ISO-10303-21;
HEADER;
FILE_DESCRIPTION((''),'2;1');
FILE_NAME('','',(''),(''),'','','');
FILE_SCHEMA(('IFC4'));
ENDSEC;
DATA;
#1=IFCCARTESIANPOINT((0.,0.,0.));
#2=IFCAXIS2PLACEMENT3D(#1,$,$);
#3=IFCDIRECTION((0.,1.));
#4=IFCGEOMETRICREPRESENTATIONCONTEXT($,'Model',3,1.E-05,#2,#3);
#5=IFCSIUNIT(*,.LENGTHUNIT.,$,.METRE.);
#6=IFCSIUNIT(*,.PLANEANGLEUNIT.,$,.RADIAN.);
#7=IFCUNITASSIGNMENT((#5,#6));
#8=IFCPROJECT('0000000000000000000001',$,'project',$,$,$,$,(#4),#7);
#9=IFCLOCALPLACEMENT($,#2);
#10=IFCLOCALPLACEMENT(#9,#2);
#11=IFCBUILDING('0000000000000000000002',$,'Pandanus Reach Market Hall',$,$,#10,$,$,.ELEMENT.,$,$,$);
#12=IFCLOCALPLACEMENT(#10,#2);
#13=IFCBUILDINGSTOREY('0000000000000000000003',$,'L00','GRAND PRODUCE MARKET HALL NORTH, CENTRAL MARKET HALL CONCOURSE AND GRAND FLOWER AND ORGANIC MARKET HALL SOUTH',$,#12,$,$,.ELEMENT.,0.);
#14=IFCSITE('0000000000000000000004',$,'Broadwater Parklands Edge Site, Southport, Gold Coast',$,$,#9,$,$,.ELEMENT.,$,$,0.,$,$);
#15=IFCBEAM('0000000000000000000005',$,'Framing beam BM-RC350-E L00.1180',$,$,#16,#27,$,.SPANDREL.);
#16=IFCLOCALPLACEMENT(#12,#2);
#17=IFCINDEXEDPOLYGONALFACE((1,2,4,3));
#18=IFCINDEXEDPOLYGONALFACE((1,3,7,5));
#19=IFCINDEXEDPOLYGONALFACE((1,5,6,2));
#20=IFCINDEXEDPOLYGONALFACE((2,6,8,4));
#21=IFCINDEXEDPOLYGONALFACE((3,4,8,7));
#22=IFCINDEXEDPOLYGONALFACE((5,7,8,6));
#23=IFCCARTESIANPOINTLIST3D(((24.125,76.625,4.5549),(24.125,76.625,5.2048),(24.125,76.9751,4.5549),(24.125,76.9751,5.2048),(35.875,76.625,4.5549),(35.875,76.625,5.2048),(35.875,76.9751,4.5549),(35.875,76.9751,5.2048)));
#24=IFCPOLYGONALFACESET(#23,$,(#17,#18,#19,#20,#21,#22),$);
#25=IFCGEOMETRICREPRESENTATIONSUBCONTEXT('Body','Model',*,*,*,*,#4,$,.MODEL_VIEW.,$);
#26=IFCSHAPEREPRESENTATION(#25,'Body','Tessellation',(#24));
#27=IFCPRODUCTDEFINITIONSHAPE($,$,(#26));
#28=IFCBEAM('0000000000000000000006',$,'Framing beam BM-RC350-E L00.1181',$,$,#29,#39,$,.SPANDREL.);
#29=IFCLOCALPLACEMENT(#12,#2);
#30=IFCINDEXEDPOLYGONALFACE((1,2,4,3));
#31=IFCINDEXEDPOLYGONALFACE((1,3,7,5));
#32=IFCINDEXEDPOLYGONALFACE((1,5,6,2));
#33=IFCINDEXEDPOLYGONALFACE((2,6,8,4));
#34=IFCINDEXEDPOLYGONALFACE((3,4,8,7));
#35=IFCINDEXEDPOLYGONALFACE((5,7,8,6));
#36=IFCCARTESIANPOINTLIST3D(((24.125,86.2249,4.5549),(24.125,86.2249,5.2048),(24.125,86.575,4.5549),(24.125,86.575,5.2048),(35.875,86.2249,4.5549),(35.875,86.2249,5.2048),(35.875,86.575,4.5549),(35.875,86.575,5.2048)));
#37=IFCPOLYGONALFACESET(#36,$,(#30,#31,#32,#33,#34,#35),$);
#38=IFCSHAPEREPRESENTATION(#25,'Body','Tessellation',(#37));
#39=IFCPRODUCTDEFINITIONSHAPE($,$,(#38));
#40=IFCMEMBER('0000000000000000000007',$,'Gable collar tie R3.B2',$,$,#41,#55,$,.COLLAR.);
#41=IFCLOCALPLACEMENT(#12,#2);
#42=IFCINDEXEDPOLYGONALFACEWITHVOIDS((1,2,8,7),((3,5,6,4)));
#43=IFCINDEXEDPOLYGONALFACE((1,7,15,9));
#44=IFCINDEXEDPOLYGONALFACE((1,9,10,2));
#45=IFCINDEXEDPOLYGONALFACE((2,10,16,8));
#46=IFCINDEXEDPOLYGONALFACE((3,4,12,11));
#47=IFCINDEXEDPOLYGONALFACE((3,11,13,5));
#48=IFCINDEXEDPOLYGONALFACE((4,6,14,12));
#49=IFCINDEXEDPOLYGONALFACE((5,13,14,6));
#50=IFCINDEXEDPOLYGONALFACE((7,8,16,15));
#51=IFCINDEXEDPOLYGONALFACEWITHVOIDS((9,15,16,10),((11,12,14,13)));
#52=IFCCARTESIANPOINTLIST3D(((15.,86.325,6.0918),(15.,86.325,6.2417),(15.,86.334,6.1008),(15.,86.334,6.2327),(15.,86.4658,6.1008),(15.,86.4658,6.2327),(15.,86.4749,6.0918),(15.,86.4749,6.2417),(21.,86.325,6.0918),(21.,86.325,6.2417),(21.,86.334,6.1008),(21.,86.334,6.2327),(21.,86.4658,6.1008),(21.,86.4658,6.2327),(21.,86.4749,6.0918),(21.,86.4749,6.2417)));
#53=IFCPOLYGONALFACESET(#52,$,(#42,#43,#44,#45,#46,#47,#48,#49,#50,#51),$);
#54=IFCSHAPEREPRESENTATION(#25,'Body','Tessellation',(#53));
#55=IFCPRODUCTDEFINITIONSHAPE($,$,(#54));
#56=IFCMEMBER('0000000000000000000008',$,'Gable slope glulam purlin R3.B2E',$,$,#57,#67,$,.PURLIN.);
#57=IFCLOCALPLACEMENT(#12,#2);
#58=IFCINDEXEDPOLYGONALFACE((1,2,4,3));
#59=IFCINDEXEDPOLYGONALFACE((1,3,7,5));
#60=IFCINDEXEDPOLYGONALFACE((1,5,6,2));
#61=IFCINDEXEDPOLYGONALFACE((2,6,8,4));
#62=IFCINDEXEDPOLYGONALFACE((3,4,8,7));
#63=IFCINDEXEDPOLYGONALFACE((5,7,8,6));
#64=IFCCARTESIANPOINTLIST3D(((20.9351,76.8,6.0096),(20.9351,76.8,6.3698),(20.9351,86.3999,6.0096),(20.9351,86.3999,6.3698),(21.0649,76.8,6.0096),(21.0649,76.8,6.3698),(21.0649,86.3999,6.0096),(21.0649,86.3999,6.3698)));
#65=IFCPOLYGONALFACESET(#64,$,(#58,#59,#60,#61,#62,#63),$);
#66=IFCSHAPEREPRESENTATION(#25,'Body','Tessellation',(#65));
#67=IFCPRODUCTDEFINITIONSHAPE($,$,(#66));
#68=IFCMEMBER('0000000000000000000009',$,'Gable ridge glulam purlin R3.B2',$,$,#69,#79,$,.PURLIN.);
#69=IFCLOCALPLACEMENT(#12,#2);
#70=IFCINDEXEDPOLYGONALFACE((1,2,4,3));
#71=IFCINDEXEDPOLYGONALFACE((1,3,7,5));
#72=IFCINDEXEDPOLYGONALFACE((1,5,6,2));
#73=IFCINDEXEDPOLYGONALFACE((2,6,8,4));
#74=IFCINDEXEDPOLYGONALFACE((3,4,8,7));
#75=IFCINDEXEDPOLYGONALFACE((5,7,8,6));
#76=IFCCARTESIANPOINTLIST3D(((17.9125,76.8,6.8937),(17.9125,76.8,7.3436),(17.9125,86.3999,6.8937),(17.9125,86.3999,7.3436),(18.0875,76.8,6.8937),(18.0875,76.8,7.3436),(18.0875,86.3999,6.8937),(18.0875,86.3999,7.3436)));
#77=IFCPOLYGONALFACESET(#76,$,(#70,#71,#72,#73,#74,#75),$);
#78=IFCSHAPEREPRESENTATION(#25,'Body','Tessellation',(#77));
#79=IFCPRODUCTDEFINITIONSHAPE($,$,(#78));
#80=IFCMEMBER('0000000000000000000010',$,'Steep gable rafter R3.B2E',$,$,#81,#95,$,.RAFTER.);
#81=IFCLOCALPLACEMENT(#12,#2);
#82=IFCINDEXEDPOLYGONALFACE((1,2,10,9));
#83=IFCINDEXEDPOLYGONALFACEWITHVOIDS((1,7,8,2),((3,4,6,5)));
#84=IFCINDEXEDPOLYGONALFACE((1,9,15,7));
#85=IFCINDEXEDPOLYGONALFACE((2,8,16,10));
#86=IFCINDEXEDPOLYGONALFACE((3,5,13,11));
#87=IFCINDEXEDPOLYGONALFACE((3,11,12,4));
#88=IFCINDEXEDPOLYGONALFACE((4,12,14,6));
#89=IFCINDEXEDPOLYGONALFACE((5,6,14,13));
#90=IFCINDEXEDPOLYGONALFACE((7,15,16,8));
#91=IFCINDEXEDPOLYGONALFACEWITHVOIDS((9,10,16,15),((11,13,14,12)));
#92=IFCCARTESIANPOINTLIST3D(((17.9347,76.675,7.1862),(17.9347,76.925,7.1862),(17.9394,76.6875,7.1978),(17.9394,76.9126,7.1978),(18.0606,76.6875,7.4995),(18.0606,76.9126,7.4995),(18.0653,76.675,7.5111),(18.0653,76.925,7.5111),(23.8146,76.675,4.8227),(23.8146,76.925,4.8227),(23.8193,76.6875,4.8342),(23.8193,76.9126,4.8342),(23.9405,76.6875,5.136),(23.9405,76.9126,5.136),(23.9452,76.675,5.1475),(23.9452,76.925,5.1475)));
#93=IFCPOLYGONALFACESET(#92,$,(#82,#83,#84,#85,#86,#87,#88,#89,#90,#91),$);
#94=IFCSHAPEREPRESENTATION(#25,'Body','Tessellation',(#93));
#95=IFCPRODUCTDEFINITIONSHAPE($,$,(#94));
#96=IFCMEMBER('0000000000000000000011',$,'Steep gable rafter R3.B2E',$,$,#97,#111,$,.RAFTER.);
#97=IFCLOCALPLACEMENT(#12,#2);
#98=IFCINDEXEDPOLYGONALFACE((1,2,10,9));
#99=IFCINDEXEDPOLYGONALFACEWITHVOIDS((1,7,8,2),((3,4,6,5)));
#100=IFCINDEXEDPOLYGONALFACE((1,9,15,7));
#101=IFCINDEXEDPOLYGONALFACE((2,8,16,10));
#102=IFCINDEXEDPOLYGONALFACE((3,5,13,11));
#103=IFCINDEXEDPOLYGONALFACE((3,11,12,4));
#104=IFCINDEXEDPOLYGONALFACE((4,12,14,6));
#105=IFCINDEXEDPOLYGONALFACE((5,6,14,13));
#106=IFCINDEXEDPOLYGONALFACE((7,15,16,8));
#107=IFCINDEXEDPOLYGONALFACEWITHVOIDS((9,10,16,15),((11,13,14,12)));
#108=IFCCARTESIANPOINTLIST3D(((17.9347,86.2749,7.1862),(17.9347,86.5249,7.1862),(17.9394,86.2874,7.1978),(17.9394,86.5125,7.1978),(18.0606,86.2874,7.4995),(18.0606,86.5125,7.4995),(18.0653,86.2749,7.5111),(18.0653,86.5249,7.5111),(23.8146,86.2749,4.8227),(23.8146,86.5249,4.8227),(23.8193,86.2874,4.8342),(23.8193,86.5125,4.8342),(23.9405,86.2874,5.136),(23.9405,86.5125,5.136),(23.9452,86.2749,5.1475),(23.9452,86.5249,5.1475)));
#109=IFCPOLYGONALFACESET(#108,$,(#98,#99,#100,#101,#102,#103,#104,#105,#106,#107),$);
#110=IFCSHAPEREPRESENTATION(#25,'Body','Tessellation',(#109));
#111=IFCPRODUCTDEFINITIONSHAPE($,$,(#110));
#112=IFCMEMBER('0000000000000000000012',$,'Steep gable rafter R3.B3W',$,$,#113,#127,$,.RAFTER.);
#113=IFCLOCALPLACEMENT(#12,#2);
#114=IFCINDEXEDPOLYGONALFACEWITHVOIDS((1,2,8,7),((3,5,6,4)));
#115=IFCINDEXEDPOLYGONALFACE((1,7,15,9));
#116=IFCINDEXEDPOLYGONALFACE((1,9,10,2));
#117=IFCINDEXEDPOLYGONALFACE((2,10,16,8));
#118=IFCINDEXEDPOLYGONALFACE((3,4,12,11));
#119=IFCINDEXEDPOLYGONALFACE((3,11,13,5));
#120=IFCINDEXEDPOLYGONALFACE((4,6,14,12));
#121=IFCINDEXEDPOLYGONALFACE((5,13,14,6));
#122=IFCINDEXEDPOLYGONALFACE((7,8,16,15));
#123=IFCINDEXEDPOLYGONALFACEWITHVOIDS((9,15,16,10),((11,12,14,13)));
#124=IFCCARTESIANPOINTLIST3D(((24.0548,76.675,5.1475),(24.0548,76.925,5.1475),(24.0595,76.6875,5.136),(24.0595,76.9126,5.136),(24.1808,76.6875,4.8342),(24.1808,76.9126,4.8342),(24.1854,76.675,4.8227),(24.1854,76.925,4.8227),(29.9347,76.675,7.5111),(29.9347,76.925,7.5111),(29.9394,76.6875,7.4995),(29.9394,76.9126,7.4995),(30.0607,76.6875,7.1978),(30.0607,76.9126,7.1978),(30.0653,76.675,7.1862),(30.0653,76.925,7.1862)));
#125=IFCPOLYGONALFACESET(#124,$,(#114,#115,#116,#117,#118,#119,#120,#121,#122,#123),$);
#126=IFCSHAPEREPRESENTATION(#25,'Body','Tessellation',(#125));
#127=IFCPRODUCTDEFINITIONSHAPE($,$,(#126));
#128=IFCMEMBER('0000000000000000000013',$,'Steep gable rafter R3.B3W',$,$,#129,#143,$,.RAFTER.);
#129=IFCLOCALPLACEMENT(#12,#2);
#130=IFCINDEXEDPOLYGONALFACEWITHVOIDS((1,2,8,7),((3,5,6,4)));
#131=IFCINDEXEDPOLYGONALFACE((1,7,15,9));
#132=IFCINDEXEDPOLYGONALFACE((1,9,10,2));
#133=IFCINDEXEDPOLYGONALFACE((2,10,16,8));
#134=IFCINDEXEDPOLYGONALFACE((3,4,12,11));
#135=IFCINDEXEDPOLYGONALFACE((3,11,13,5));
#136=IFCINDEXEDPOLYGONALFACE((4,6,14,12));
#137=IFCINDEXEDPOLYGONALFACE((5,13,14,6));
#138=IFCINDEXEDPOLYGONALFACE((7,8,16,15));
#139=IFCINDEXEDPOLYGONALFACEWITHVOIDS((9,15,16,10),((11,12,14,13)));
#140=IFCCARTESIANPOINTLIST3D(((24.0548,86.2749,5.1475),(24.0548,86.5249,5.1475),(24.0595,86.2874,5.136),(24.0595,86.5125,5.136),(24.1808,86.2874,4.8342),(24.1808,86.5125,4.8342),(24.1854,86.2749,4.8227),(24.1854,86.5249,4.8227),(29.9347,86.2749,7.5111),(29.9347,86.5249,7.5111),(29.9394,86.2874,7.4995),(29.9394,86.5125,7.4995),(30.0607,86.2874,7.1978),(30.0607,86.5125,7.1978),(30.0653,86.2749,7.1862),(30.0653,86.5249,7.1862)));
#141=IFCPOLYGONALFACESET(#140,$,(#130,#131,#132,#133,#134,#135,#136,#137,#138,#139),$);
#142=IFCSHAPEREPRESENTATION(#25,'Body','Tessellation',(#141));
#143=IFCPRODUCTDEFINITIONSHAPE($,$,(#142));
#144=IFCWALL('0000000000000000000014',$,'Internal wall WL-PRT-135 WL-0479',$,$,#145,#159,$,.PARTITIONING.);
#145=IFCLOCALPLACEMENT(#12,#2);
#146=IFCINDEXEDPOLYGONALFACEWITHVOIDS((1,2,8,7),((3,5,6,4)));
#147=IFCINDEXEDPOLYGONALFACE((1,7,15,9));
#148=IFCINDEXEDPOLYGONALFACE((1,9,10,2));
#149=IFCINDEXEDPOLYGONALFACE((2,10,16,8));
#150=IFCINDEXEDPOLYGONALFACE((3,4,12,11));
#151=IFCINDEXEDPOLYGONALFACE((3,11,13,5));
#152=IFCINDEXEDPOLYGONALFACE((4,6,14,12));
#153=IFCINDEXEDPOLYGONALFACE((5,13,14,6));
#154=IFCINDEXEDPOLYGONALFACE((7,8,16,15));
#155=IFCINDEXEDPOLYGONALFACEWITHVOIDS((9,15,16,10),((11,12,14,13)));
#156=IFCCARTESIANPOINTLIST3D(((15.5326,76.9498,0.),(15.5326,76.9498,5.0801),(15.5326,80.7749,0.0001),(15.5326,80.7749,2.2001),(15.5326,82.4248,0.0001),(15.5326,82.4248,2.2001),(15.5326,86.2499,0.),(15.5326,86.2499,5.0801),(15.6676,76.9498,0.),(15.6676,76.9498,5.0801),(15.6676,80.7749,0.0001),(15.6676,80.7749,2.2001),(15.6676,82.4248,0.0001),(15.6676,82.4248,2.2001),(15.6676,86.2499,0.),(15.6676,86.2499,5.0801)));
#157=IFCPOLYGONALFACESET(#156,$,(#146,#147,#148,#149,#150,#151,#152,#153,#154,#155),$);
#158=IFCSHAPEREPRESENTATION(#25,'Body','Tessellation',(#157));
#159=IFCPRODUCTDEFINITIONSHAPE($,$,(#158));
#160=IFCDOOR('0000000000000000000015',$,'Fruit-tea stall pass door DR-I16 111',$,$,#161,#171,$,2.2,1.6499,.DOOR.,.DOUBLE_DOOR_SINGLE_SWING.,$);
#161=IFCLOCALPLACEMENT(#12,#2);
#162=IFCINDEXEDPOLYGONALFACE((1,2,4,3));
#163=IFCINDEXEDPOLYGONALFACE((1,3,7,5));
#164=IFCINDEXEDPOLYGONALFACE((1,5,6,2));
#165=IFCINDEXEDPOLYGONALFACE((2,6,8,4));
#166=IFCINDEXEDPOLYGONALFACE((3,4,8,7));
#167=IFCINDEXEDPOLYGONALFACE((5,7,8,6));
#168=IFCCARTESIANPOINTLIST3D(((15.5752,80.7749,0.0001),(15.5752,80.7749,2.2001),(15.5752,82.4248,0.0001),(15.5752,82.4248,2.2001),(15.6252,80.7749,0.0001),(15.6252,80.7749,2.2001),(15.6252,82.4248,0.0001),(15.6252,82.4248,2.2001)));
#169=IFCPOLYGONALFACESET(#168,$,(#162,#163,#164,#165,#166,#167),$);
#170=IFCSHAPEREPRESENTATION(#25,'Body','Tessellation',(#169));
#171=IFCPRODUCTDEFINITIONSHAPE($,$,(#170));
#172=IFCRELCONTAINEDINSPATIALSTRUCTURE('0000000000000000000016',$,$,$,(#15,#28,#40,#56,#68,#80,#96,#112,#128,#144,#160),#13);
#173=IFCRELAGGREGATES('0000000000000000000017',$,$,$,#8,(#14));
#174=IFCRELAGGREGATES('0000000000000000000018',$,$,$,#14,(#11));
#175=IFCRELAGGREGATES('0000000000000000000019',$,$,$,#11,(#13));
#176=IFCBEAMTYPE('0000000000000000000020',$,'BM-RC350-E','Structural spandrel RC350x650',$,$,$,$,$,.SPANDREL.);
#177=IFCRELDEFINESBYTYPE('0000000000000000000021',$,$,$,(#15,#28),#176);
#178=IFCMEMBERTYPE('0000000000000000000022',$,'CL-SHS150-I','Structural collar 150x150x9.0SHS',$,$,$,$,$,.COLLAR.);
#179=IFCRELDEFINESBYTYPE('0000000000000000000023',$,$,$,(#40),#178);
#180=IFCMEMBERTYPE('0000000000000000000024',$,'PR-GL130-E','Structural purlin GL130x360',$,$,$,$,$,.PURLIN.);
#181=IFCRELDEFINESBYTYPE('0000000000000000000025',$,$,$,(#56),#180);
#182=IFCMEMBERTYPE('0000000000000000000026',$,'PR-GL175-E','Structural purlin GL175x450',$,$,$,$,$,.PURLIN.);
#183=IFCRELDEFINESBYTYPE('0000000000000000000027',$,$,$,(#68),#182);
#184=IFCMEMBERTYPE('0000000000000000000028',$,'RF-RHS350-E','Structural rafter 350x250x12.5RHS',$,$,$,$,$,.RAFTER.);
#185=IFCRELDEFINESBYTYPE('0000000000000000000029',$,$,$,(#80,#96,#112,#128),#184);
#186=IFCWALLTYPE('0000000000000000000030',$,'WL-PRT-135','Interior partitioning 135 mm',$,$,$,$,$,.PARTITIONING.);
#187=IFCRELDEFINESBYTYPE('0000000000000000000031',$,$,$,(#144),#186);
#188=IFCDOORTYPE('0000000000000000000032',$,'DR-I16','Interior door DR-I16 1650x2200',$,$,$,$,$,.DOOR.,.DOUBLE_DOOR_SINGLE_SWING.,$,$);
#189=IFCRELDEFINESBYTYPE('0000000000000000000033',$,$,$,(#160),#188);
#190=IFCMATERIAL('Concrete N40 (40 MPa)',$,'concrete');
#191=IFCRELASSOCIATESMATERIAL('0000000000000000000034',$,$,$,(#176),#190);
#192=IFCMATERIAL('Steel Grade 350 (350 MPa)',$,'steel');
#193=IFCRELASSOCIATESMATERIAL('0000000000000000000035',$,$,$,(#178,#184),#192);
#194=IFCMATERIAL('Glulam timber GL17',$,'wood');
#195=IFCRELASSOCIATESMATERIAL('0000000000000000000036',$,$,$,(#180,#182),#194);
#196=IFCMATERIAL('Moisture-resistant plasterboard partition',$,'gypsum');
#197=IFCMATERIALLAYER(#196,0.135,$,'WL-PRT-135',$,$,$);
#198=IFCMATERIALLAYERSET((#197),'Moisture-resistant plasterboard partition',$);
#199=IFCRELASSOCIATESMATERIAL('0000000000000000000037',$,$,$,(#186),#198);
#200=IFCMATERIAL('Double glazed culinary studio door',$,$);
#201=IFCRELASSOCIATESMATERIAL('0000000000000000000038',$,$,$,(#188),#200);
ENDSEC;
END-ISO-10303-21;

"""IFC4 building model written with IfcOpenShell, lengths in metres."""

from ifc_helpers import new_model, si_unit, direction, frame, frame_2d, origin, origin_2d, place, context, subcontext, project, spatial, rectangle, hollow_rectangle, extrude, material, layer, layer_set, material_profile, profile_set, type_object, element, fill, save


model = new_model("IFC4")

# Units and contexts
model_context = context("Model", 3, precision=1e-05, world=origin(), true_north=direction((0.0, 1.0)))
body_context = subcontext(model_context, "Body", "Model", "MODEL_VIEW")
ifc_project = project(units=[si_unit("LENGTHUNIT", "METRE"), si_unit("PLANEANGLEUNIT", "RADIAN")], contexts=[model_context])

# Site, building, storey
site_placement = place(None, origin())
site = spatial("IfcSite", under=ifc_project, at=site_placement, Name="Broadwater Parklands Edge Site, Southport, Gold Coast", CompositionType="ELEMENT", RefElevation=0.0)
building_placement = place(site_placement, origin())
building = spatial("IfcBuilding", under=site, at=building_placement, Name="Pandanus Reach Market Hall", CompositionType="ELEMENT")
storey_placement = place(building_placement, origin())
storey = spatial("IfcBuildingStorey", under=building, at=storey_placement, Name="L00", Description="GRAND PRODUCE MARKET HALL NORTH, CENTRAL MARKET HALL CONCOURSE AND GRAND FLOWER AND ORGANIC MARKET HALL SOUTH", CompositionType="ELEMENT", Elevation=0.0)

# Shared definitions
ifc_material_1 = material(Name="Concrete N40 (40 MPa)", Category="concrete")

# Shared definitions
ifc_material_2 = material(Name="Steel Grade 350 (350 MPa)", Category="steel")

# Beams
ifc_material_profile_1 = material_profile(ifc_material_1, rectangle(XDim=0.3501, YDim=0.6499, at=origin_2d()), Name="RC350x650", Category="LoadBearing")
ifc_profile_set_1 = profile_set([ifc_material_profile_1], Name="Concrete N40 (40 MPa)")
beam_type = type_object("IfcBeamType", Name="BM-RC350-E", Description="Structural spandrel RC350x650", PredefinedType="SPANDREL", material=ifc_profile_set_1)
for number, where, z_axis, x_axis, name in (
    (1, (24.125, 76.8, 4.8799), (1.0, 0.0, 0.0), (0.0, 1.0, 0.0), "Framing beam BM-RC350-E L00.1180"),
    (2, (24.125, 86.3999, 4.8799), (1.0, 0.0, 0.0), (0.0, 1.0, 0.0), "Framing beam BM-RC350-E L00.1181"),
):
    element("IfcBeam", number, at=place(storey_placement, frame(where, z_axis=z_axis, x_axis=x_axis)), inside=storey, type_object=beam_type, Name=name, PredefinedType="SPANDREL", context=body_context, shape_type="SweptSolid", body=[
        extrude(rectangle(XDim=0.3501, YDim=0.6499, at=origin_2d()), origin(), (0.0, 0.0, 1.0), 11.75),
    ])

# Members
ifc_material_profile_2 = material_profile(ifc_material_2, hollow_rectangle(XDim=0.1499, YDim=0.1499, WallThickness=0.009, at=origin_2d()), Name="150x150x9.0SHS", Category="LoadBearing")
ifc_profile_set_2 = profile_set([ifc_material_profile_2], Name="Steel Grade 350 (350 MPa)")
member_type_1 = type_object("IfcMemberType", Name="CL-SHS150-I", Description="Structural collar 150x150x9.0SHS", PredefinedType="COLLAR", material=ifc_profile_set_2)
member_1_placement = place(storey_placement, frame((15.0, 86.3999, 6.1667), z_axis=(1.0, 0.0, 0.0), x_axis=(0.0, 1.0, 0.0)))
element("IfcMember", 3, at=member_1_placement, inside=storey, type_object=member_type_1, Name="Gable collar tie R3.B2", PredefinedType="COLLAR", context=body_context, shape_type="SweptSolid", body=[
    extrude(hollow_rectangle(XDim=0.1499, YDim=0.1499, WallThickness=0.009, at=origin_2d()), origin(), (0.0, 0.0, 1.0), 6.0),
])
ifc_material_3 = material(Name="Glulam timber GL17", Category="wood")
ifc_material_profile_3 = material_profile(ifc_material_3, rectangle(XDim=0.1299, YDim=0.3601, at=origin_2d()), Name="GL130x360", Category="LoadBearing")
ifc_profile_set_3 = profile_set([ifc_material_profile_3], Name="Glulam timber GL17")
member_type_2 = type_object("IfcMemberType", Name="PR-GL130-E", Description="Structural purlin GL130x360", PredefinedType="PURLIN", material=ifc_profile_set_3)
member_2_placement = place(storey_placement, frame((21.0, 76.8, 6.1897), z_axis=(0.0, 1.0, 0.0), x_axis=(-1.0, 0.0, 0.0)))
element("IfcMember", 4, at=member_2_placement, inside=storey, type_object=member_type_2, Name="Gable slope glulam purlin R3.B2E", PredefinedType="PURLIN", context=body_context, shape_type="SweptSolid", body=[
    extrude(rectangle(XDim=0.1299, YDim=0.3601, at=origin_2d()), origin(), (0.0, 0.0, 1.0), 9.5999),
])
ifc_material_profile_4 = material_profile(ifc_material_3, rectangle(XDim=0.175, YDim=0.45, at=origin_2d()), Name="GL175x450", Category="LoadBearing")
ifc_profile_set_4 = profile_set([ifc_material_profile_4], Name="Glulam timber GL17")
member_type_3 = type_object("IfcMemberType", Name="PR-GL175-E", Description="Structural purlin GL175x450", PredefinedType="PURLIN", material=ifc_profile_set_4)
member_3_placement = place(storey_placement, frame((18.0, 76.8, 7.1187), z_axis=(0.0, 1.0, 0.0), x_axis=(-1.0, 0.0, 0.0)))
element("IfcMember", 5, at=member_3_placement, inside=storey, type_object=member_type_3, Name="Gable ridge glulam purlin R3.B2", PredefinedType="PURLIN", context=body_context, shape_type="SweptSolid", body=[
    extrude(rectangle(XDim=0.175, YDim=0.45, at=origin_2d()), origin(), (0.0, 0.0, 1.0), 9.5999),
])
ifc_material_profile_5 = material_profile(ifc_material_2, hollow_rectangle(XDim=0.25, YDim=0.3501, WallThickness=0.0125, at=origin_2d()), Name="350x250x12.5RHS", Category="LoadBearing")
ifc_profile_set_5 = profile_set([ifc_material_profile_5], Name="Steel Grade 350 (350 MPa)")
member_type_4 = type_object("IfcMemberType", Name="RF-RHS350-E", Description="Structural rafter 350x250x12.5RHS", PredefinedType="RAFTER", material=ifc_profile_set_5)
for number, where, z_axis, x_axis, name in (
    (6, (18.0, 76.8, 7.3486), (0.927846, 0.0, -0.372964), (0.0, 1.0, 0.0), "Steep gable rafter R3.B2E"),
    (7, (18.0, 86.3999, 7.3486), (0.927846, 0.0, -0.372964), (0.0, 1.0, 0.0), "Steep gable rafter R3.B2E"),
    (8, (24.1201, 76.8, 4.9851), (0.927846, 0.0, 0.372964), (0.0, 1.0, 0.0), "Steep gable rafter R3.B3W"),
    (9, (24.1201, 86.3999, 4.9851), (0.927846, 0.0, 0.372964), (0.0, 1.0, 0.0), "Steep gable rafter R3.B3W"),
):
    element("IfcMember", number, at=place(storey_placement, frame(where, z_axis=z_axis, x_axis=x_axis)), inside=storey, type_object=member_type_4, Name=name, PredefinedType="RAFTER", context=body_context, shape_type="SweptSolid", body=[
        extrude(hollow_rectangle(XDim=0.25, YDim=0.3501, WallThickness=0.0125, at=origin_2d()), origin(), (0.0, 0.0, 1.0), 6.3372),
    ])

# Wall, opening, door
ifc_material_4 = material(Name="Moisture-resistant plasterboard partition", Category="gypsum")
ifc_layer = layer(ifc_material_4, 0.135, Name="WL-PRT-135")
ifc_layer_set = layer_set([ifc_layer], Name="Moisture-resistant plasterboard partition")
wall_type = type_object("IfcWallType", Name="WL-PRT-135", Description="Interior partitioning 135 mm", PredefinedType="PARTITIONING", material=ifc_layer_set)
wall_placement = place(storey_placement, frame((15.6001, 76.95, 0.0), z_axis=(0.0, 0.0, 1.0), x_axis=(0.0, 1.0, 0.0)))
wall = element("IfcWall", 10, at=wall_placement, inside=storey, type_object=wall_type, Name="Internal wall WL-PRT-135 WL-0479", PredefinedType="PARTITIONING", context=body_context, shape_type="SweptSolid", body=[
    extrude(rectangle(XDim=9.3, YDim=0.135, at=frame_2d((4.6499, 0.0))), origin(), (0.0, 0.0, 1.0), 5.0801),
])
opening_placement = place(wall_placement, frame((3.825, 0.0, 0.0)))
opening = element("IfcOpeningElement", 11, at=opening_placement, cuts=wall, PredefinedType="OPENING", context=body_context, shape_type="SweptSolid", body=[
    extrude(rectangle(XDim=1.6499, YDim=2.2, at=frame_2d((0.825, 1.1001))), frame((0.0, 0.0825, 0.0), z_axis=(0.0, -1.0, 0.0), x_axis=(1.0, 0.0, 0.0)), (0.0, 0.0, 1.0), 0.165),
])
ifc_material_5 = material(Name="Double glazed culinary studio door")
door_type = type_object("IfcDoorType", Name="DR-I16", Description="Interior door DR-I16 1650x2200", OperationType="DOUBLE_DOOR_SINGLE_SWING", PredefinedType="DOOR", material=ifc_material_5)
door_placement = place(opening_placement, origin())
door = element("IfcDoor", 12, at=door_placement, inside=storey, type_object=door_type, Name="Fruit-tea stall pass door DR-I16 111", OperationType="DOUBLE_DOOR_SINGLE_SWING", OverallHeight=2.2, OverallWidth=1.6499, PredefinedType="DOOR", context=body_context, shape_type="SweptSolid", body=[
    extrude(rectangle(XDim=1.6499, YDim=2.2, at=frame_2d((0.825, 1.1001))), frame((0.0, 0.0249, 0.0), z_axis=(0.0, -1.0, 0.0), x_axis=(1.0, 0.0, 0.0)), (0.0, 0.0, 1.0), 0.05),
])
fill(opening, door)

save(model, "model.ifc")
